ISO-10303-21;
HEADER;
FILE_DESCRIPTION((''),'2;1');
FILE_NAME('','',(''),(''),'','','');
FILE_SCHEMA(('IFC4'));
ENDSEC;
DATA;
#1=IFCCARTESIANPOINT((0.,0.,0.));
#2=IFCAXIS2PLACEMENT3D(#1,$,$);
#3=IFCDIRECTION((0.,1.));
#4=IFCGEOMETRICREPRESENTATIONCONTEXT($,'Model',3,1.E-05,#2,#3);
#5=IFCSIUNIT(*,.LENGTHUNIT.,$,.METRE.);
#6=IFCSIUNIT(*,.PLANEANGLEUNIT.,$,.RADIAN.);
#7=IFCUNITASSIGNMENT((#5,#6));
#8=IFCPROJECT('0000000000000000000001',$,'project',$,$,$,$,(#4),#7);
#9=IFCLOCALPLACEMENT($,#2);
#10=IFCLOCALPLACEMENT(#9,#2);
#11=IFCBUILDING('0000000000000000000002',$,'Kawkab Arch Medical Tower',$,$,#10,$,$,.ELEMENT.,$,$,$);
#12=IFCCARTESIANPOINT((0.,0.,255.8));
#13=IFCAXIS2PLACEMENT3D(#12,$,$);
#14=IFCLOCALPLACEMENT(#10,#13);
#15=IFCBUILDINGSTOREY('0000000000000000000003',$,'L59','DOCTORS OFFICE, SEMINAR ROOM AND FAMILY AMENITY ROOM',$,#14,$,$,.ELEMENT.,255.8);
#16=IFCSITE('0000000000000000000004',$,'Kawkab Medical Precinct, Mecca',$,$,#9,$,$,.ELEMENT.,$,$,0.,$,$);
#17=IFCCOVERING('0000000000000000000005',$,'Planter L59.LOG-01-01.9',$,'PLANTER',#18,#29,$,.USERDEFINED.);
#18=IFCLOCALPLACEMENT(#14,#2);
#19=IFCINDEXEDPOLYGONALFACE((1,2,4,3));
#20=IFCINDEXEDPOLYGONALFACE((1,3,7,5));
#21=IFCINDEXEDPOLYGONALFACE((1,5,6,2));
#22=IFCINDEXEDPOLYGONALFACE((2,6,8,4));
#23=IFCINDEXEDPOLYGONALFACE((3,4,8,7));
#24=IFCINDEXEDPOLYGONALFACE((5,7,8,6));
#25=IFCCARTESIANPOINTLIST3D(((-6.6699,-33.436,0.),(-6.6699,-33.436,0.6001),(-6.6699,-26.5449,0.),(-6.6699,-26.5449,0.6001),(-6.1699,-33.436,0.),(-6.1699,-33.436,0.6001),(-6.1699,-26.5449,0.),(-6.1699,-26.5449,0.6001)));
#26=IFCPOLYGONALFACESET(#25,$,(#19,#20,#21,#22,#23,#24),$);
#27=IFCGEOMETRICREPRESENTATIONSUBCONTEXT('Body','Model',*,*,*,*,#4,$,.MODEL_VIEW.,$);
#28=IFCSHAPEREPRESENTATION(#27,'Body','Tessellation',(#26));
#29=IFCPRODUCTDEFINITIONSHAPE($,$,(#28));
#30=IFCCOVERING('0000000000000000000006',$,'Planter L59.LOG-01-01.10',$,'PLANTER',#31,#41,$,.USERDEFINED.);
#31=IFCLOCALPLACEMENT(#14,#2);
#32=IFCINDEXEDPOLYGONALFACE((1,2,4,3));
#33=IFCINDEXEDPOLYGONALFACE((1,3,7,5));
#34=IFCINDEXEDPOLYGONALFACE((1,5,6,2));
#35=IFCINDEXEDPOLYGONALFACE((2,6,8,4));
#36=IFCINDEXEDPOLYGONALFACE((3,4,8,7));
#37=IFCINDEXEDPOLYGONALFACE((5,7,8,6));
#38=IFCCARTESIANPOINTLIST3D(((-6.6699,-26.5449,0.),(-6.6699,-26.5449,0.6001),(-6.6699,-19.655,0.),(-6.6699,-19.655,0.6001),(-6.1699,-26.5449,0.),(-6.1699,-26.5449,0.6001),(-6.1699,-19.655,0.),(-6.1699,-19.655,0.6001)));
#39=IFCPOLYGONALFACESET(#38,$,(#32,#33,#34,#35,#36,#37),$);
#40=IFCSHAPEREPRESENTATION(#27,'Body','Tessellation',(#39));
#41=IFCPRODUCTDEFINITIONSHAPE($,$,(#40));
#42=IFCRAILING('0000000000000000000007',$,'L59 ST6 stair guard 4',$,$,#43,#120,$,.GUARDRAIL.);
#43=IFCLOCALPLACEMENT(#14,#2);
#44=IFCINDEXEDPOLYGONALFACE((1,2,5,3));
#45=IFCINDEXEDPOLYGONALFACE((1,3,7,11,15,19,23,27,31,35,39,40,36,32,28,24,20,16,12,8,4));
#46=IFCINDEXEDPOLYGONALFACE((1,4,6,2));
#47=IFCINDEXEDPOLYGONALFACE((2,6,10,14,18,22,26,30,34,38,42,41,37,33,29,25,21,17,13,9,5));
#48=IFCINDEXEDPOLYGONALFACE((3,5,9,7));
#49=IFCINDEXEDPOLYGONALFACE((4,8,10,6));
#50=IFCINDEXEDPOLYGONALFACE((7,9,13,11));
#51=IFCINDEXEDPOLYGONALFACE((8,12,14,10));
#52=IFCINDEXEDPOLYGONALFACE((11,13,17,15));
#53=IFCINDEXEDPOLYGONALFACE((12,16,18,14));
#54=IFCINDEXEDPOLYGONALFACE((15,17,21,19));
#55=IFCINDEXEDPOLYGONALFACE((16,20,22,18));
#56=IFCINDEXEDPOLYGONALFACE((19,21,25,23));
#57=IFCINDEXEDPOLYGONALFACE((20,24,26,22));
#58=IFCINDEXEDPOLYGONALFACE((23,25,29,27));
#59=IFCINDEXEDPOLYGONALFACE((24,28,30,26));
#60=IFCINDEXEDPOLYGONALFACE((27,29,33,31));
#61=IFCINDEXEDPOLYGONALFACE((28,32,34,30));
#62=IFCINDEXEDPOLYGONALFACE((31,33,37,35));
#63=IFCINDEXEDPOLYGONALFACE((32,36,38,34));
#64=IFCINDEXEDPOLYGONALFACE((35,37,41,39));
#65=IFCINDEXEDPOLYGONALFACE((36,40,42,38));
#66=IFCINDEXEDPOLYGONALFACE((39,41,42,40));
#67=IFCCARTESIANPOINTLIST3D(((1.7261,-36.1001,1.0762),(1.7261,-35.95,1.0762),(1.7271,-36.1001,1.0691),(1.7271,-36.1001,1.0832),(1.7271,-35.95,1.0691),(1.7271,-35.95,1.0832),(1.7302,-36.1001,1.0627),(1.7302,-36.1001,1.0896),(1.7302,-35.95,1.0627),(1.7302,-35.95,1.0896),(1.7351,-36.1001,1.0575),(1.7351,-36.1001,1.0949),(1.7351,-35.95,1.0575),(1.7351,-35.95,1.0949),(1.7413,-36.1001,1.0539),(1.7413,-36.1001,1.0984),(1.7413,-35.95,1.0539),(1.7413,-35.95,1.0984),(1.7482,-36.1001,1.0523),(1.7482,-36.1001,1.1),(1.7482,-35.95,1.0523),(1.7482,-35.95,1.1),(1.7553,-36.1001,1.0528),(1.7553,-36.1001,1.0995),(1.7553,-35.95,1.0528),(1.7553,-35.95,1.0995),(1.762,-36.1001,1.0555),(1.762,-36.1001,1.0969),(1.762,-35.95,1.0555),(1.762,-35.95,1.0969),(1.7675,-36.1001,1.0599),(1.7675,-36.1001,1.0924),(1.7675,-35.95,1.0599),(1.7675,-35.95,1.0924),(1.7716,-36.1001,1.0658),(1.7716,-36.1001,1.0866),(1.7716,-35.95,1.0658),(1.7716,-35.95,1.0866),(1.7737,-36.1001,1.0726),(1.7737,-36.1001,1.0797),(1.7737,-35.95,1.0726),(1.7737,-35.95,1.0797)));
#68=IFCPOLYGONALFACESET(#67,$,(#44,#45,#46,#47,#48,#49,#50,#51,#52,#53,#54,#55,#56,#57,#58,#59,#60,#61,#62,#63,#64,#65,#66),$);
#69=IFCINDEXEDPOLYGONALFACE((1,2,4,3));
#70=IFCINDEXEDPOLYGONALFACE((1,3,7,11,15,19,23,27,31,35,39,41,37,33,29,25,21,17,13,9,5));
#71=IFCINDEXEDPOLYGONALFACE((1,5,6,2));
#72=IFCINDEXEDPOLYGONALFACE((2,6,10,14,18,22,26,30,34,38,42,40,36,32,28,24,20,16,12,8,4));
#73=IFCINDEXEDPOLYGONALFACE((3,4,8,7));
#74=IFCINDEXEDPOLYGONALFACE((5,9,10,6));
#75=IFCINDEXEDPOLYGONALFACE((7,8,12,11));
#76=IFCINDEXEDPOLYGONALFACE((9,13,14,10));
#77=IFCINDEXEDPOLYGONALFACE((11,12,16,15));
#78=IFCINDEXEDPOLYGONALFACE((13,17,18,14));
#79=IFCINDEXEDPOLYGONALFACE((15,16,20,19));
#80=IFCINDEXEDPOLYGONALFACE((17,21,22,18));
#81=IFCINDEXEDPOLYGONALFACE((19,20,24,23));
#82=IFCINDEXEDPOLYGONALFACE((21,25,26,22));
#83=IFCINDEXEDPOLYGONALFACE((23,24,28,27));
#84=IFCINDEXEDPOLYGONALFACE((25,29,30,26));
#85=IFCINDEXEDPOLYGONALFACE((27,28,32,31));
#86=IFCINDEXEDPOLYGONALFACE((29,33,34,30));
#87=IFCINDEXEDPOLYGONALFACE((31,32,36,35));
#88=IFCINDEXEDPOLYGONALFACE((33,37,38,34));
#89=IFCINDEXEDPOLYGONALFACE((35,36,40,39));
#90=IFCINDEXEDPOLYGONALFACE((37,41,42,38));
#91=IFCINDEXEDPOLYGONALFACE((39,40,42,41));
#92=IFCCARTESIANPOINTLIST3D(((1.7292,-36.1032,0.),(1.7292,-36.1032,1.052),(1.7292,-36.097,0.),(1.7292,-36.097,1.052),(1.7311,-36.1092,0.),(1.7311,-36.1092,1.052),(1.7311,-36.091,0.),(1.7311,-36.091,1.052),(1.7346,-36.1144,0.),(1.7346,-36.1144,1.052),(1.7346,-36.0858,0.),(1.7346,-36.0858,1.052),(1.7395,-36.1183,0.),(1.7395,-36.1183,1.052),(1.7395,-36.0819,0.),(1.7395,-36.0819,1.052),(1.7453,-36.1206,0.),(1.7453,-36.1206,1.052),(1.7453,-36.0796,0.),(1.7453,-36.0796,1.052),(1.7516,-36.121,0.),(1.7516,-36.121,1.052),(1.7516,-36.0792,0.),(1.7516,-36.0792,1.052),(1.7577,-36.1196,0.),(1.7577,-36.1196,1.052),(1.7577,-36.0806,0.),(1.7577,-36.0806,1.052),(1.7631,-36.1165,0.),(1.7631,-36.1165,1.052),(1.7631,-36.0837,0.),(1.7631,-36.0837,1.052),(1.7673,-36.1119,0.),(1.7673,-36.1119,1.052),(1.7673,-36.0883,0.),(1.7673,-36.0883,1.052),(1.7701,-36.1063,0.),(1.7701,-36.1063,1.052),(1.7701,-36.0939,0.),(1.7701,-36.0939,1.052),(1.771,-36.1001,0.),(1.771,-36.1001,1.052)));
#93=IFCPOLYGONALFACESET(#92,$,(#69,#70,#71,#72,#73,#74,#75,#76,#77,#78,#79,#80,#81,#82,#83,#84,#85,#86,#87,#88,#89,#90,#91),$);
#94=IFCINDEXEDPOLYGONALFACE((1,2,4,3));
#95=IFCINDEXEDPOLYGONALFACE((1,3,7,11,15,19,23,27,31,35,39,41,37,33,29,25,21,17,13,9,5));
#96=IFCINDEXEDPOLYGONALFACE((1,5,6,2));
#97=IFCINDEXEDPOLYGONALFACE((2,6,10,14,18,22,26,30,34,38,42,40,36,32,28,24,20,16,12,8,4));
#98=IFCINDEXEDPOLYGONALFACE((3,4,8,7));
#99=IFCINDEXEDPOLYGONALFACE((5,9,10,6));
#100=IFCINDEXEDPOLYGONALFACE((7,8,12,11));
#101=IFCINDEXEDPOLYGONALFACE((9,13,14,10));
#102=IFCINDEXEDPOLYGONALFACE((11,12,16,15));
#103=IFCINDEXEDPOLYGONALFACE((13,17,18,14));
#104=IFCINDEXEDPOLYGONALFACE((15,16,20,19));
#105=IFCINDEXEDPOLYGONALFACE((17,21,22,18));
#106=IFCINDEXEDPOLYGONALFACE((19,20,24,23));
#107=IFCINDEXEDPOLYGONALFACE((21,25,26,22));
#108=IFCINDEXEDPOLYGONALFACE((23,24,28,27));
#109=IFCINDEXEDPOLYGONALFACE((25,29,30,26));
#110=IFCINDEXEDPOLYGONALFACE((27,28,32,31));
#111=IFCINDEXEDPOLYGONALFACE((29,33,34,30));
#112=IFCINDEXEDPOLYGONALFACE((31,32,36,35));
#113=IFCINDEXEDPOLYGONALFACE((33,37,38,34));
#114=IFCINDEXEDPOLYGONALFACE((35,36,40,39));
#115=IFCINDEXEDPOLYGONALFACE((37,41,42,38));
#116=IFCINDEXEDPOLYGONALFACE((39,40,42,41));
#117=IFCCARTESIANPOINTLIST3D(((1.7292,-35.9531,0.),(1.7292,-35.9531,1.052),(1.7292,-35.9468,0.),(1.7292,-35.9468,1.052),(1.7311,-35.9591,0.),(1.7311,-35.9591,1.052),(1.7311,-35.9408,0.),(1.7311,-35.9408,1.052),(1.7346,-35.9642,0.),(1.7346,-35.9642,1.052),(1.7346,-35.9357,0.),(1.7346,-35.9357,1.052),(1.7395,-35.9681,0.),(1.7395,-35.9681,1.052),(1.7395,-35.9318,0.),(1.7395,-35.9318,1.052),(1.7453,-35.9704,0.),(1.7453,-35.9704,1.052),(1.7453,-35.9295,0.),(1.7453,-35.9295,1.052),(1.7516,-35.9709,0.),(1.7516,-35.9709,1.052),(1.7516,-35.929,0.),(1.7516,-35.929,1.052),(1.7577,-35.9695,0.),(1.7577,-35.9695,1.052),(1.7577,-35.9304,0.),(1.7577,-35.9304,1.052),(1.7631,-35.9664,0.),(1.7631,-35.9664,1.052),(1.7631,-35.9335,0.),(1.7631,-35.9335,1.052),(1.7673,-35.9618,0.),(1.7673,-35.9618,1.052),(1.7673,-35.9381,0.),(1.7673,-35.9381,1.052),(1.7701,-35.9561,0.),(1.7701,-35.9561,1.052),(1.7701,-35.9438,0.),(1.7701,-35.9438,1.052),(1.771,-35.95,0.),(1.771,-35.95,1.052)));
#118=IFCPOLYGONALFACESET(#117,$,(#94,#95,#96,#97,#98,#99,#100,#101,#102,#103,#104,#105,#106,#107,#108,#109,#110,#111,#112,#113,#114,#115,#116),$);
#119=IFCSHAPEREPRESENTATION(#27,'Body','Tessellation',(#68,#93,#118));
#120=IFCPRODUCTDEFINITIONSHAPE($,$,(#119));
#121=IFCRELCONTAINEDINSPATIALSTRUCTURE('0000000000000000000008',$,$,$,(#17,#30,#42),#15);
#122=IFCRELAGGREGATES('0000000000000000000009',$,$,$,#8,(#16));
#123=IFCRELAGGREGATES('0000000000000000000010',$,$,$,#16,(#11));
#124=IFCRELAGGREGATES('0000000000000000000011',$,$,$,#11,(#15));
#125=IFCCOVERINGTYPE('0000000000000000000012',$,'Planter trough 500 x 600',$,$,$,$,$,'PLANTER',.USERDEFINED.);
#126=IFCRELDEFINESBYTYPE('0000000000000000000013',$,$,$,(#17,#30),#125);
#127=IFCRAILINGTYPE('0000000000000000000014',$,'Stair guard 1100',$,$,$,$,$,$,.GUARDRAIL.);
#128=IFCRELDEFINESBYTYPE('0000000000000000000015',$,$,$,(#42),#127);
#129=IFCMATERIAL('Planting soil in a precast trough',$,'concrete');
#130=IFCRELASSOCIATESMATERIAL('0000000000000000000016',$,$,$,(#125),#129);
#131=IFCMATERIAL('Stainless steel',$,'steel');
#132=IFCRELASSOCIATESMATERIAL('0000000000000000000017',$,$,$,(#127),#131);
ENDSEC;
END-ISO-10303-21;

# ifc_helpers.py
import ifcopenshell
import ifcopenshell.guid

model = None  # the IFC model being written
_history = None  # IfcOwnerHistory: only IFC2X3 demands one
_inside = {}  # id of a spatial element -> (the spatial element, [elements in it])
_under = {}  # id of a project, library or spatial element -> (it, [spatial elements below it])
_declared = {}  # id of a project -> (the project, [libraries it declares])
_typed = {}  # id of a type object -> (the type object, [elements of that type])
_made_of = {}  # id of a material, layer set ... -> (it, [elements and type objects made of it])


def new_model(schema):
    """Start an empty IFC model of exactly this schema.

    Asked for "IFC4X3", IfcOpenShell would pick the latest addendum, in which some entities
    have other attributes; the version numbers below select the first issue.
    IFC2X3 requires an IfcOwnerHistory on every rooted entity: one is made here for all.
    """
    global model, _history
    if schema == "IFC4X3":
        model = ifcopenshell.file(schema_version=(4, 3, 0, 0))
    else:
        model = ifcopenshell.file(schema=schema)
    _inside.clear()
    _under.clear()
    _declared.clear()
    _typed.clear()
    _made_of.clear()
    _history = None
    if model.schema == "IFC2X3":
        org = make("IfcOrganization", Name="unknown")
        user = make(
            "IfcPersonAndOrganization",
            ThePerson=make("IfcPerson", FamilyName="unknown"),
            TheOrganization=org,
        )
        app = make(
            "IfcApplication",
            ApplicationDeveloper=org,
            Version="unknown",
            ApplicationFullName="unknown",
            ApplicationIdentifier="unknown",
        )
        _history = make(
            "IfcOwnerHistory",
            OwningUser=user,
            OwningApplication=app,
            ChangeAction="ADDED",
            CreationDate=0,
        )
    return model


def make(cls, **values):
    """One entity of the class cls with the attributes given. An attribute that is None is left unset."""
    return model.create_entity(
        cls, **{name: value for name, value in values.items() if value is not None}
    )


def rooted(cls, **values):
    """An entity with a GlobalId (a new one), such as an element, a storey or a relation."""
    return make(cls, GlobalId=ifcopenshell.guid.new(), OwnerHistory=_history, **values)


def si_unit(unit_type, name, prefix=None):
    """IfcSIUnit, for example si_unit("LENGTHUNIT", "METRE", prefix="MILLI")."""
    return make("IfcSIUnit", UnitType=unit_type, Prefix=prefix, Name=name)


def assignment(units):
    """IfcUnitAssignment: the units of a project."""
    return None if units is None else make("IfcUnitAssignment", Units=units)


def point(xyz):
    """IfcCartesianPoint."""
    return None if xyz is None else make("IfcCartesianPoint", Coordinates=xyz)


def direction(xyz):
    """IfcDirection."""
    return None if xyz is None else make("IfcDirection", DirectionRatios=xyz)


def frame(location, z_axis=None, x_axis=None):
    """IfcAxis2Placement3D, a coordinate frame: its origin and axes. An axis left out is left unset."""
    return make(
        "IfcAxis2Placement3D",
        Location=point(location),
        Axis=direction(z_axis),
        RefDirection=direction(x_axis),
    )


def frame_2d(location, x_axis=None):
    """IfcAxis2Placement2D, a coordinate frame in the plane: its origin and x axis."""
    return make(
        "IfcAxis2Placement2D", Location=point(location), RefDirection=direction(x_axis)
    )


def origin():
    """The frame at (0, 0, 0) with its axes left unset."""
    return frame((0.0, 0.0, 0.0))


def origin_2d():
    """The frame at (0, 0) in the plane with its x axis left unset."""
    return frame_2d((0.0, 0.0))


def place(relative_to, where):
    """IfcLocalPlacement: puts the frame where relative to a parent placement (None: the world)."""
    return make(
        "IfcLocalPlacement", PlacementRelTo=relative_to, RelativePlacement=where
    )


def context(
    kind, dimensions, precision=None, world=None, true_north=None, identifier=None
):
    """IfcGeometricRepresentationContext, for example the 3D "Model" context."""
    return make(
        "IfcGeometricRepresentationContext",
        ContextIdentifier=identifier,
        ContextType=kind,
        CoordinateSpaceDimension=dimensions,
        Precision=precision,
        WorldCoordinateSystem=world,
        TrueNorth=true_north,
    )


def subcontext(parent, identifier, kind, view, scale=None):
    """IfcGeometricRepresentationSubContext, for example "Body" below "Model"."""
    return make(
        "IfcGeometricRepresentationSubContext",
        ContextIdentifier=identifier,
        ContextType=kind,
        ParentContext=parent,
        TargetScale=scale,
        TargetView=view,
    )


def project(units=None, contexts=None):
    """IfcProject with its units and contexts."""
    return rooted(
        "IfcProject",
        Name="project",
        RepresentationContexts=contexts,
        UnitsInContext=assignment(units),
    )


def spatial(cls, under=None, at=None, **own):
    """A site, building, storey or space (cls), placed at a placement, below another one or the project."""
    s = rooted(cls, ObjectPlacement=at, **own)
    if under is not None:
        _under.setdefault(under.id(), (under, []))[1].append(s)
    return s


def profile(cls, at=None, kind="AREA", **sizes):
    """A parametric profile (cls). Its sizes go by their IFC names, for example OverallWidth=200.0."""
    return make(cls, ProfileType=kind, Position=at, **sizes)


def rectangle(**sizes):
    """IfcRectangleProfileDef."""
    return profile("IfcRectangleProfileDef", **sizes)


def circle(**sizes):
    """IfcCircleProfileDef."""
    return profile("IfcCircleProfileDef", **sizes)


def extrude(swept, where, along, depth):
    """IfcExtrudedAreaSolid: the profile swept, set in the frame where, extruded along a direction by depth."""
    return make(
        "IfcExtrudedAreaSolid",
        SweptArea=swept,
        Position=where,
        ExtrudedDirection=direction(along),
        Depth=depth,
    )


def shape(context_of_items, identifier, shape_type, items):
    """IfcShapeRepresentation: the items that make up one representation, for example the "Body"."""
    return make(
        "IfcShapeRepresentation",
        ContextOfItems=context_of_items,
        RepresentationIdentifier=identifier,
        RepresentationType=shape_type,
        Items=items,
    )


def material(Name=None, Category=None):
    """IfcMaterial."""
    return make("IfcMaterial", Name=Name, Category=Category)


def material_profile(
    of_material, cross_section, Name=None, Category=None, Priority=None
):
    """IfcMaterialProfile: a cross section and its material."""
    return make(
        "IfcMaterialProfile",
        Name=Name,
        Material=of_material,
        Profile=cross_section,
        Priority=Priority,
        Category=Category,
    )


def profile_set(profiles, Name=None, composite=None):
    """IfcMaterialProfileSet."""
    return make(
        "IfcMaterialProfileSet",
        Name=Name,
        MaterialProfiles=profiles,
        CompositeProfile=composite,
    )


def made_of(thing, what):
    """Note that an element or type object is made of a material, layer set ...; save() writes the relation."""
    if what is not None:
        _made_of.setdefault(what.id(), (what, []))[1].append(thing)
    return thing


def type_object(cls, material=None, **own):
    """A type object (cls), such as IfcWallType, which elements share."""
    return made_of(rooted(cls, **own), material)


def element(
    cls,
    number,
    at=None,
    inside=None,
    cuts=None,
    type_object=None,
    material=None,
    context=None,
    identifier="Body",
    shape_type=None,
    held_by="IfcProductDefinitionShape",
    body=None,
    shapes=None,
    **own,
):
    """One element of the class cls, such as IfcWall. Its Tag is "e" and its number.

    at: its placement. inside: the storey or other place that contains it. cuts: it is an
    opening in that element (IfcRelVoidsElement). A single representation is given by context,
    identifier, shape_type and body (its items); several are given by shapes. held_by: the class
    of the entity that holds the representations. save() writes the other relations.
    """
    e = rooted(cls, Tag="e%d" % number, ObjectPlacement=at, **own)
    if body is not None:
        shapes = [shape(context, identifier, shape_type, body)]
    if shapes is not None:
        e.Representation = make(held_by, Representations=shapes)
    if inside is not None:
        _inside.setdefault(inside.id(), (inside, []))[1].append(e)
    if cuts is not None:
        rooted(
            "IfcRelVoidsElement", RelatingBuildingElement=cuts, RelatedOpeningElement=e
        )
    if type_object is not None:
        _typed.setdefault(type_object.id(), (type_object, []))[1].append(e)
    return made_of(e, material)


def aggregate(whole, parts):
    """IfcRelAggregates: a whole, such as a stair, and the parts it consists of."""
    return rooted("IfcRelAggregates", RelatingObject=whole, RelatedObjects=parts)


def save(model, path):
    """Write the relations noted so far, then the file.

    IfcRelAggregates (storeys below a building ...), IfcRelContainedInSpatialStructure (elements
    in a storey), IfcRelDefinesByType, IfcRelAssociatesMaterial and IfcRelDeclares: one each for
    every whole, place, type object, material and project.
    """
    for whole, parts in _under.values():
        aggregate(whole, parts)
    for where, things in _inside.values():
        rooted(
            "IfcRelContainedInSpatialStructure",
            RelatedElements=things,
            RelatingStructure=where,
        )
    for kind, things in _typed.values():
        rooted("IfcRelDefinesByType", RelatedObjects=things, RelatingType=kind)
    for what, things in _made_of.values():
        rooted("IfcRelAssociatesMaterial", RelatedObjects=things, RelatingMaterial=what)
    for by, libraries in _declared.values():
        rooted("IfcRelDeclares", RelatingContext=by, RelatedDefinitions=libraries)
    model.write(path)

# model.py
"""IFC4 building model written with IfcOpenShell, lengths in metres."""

from ifc_helpers import new_model, si_unit, direction, frame, origin, origin_2d, place, context, subcontext, project, spatial, rectangle, circle, extrude, material, material_profile, profile_set, type_object, element, save


model = new_model("IFC4")

# Units and contexts
model_context = context("Model", 3, precision=1e-05, world=origin(), true_north=direction((0.0, 1.0)))
body_context = subcontext(model_context, "Body", "Model", "MODEL_VIEW")
ifc_project = project(units=[si_unit("LENGTHUNIT", "METRE"), si_unit("PLANEANGLEUNIT", "RADIAN")], contexts=[model_context])

# Site, building, storey
site_placement = place(None, origin())
site = spatial("IfcSite", under=ifc_project, at=site_placement, Name="Kawkab Medical Precinct, Mecca", CompositionType="ELEMENT", RefElevation=0.0)
building_placement = place(site_placement, origin())
building = spatial("IfcBuilding", under=site, at=building_placement, Name="Kawkab Arch Medical Tower", CompositionType="ELEMENT")
storey_placement = place(building_placement, frame((0.0, 0.0, 255.8)))
storey = spatial("IfcBuildingStorey", under=building, at=storey_placement, Name="L59", Description="DOCTORS OFFICE, SEMINAR ROOM AND FAMILY AMENITY ROOM", CompositionType="ELEMENT", Elevation=255.8)

# Coverings
ifc_material_1 = material(Name="Planting soil in a precast trough", Category="concrete")
ifc_material_profile_1 = material_profile(ifc_material_1, rectangle(XDim=0.5, YDim=0.6001, at=origin_2d()), Name="Trough 500x600")
ifc_profile_set_1 = profile_set([ifc_material_profile_1], Name="Planting soil in a precast trough")
covering_type_1 = type_object("IfcCoveringType", Name="Planter trough 500 x 600", ElementType="PLANTER", PredefinedType="USERDEFINED", material=ifc_profile_set_1)
covering_1_placement = place(storey_placement, frame((-6.4199, -33.436, 0.3), z_axis=(0.0, 1.0, 0.0), x_axis=(-1.0, 0.0, 0.0)))
element("IfcCovering", 1, at=covering_1_placement, inside=storey, type_object=covering_type_1, Name="Planter L59.LOG-01-01.9", ObjectType="PLANTER", PredefinedType="USERDEFINED", context=body_context, shape_type="SweptSolid", body=[
    extrude(rectangle(XDim=0.5, YDim=0.6001, at=origin_2d()), origin(), (0.0, 0.0, 1.0), 6.8911),
])
covering_2_placement = place(storey_placement, frame((-6.4199, -26.5449, 0.3), z_axis=(0.0, 1.0, 0.0), x_axis=(-1.0, 0.0, 0.0)))
element("IfcCovering", 2, at=covering_2_placement, inside=storey, type_object=covering_type_1, Name="Planter L59.LOG-01-01.10", ObjectType="PLANTER", PredefinedType="USERDEFINED", context=body_context, shape_type="SweptSolid", body=[
    extrude(rectangle(XDim=0.5, YDim=0.6001, at=origin_2d()), origin(), (0.0, 0.0, 1.0), 6.8899),
])

# Railing
ifc_material_2 = material(Name="Stainless steel", Category="steel")
railing_type_1 = type_object("IfcRailingType", Name="Stair guard 1100", PredefinedType="GUARDRAIL", material=ifc_material_2)
railing_1_placement = place(storey_placement, frame((1.75, -36.1001, 0.0)))
element("IfcRailing", 3, at=railing_1_placement, inside=storey, type_object=railing_type_1, Name="L59 ST6 stair guard 4", PredefinedType="GUARDRAIL", context=body_context, shape_type="SweptSolid", body=[
    extrude(circle(Radius=0.0239, at=origin_2d()), frame((0.0, 0.0, 1.0762), z_axis=(0.0, 1.0, 0.0), x_axis=(-1.0, 0.0, 0.0)), (0.0, 0.0, 1.0), 0.1501),
    extrude(circle(Radius=0.021, at=origin_2d()), origin(), (0.0, 0.0, 1.0), 1.052),
    extrude(circle(Radius=0.021, at=origin_2d()), frame((0.0, 0.1501, 0.0)), (0.0, 0.0, 1.0), 1.052),
])

save(model, "model.ifc")
